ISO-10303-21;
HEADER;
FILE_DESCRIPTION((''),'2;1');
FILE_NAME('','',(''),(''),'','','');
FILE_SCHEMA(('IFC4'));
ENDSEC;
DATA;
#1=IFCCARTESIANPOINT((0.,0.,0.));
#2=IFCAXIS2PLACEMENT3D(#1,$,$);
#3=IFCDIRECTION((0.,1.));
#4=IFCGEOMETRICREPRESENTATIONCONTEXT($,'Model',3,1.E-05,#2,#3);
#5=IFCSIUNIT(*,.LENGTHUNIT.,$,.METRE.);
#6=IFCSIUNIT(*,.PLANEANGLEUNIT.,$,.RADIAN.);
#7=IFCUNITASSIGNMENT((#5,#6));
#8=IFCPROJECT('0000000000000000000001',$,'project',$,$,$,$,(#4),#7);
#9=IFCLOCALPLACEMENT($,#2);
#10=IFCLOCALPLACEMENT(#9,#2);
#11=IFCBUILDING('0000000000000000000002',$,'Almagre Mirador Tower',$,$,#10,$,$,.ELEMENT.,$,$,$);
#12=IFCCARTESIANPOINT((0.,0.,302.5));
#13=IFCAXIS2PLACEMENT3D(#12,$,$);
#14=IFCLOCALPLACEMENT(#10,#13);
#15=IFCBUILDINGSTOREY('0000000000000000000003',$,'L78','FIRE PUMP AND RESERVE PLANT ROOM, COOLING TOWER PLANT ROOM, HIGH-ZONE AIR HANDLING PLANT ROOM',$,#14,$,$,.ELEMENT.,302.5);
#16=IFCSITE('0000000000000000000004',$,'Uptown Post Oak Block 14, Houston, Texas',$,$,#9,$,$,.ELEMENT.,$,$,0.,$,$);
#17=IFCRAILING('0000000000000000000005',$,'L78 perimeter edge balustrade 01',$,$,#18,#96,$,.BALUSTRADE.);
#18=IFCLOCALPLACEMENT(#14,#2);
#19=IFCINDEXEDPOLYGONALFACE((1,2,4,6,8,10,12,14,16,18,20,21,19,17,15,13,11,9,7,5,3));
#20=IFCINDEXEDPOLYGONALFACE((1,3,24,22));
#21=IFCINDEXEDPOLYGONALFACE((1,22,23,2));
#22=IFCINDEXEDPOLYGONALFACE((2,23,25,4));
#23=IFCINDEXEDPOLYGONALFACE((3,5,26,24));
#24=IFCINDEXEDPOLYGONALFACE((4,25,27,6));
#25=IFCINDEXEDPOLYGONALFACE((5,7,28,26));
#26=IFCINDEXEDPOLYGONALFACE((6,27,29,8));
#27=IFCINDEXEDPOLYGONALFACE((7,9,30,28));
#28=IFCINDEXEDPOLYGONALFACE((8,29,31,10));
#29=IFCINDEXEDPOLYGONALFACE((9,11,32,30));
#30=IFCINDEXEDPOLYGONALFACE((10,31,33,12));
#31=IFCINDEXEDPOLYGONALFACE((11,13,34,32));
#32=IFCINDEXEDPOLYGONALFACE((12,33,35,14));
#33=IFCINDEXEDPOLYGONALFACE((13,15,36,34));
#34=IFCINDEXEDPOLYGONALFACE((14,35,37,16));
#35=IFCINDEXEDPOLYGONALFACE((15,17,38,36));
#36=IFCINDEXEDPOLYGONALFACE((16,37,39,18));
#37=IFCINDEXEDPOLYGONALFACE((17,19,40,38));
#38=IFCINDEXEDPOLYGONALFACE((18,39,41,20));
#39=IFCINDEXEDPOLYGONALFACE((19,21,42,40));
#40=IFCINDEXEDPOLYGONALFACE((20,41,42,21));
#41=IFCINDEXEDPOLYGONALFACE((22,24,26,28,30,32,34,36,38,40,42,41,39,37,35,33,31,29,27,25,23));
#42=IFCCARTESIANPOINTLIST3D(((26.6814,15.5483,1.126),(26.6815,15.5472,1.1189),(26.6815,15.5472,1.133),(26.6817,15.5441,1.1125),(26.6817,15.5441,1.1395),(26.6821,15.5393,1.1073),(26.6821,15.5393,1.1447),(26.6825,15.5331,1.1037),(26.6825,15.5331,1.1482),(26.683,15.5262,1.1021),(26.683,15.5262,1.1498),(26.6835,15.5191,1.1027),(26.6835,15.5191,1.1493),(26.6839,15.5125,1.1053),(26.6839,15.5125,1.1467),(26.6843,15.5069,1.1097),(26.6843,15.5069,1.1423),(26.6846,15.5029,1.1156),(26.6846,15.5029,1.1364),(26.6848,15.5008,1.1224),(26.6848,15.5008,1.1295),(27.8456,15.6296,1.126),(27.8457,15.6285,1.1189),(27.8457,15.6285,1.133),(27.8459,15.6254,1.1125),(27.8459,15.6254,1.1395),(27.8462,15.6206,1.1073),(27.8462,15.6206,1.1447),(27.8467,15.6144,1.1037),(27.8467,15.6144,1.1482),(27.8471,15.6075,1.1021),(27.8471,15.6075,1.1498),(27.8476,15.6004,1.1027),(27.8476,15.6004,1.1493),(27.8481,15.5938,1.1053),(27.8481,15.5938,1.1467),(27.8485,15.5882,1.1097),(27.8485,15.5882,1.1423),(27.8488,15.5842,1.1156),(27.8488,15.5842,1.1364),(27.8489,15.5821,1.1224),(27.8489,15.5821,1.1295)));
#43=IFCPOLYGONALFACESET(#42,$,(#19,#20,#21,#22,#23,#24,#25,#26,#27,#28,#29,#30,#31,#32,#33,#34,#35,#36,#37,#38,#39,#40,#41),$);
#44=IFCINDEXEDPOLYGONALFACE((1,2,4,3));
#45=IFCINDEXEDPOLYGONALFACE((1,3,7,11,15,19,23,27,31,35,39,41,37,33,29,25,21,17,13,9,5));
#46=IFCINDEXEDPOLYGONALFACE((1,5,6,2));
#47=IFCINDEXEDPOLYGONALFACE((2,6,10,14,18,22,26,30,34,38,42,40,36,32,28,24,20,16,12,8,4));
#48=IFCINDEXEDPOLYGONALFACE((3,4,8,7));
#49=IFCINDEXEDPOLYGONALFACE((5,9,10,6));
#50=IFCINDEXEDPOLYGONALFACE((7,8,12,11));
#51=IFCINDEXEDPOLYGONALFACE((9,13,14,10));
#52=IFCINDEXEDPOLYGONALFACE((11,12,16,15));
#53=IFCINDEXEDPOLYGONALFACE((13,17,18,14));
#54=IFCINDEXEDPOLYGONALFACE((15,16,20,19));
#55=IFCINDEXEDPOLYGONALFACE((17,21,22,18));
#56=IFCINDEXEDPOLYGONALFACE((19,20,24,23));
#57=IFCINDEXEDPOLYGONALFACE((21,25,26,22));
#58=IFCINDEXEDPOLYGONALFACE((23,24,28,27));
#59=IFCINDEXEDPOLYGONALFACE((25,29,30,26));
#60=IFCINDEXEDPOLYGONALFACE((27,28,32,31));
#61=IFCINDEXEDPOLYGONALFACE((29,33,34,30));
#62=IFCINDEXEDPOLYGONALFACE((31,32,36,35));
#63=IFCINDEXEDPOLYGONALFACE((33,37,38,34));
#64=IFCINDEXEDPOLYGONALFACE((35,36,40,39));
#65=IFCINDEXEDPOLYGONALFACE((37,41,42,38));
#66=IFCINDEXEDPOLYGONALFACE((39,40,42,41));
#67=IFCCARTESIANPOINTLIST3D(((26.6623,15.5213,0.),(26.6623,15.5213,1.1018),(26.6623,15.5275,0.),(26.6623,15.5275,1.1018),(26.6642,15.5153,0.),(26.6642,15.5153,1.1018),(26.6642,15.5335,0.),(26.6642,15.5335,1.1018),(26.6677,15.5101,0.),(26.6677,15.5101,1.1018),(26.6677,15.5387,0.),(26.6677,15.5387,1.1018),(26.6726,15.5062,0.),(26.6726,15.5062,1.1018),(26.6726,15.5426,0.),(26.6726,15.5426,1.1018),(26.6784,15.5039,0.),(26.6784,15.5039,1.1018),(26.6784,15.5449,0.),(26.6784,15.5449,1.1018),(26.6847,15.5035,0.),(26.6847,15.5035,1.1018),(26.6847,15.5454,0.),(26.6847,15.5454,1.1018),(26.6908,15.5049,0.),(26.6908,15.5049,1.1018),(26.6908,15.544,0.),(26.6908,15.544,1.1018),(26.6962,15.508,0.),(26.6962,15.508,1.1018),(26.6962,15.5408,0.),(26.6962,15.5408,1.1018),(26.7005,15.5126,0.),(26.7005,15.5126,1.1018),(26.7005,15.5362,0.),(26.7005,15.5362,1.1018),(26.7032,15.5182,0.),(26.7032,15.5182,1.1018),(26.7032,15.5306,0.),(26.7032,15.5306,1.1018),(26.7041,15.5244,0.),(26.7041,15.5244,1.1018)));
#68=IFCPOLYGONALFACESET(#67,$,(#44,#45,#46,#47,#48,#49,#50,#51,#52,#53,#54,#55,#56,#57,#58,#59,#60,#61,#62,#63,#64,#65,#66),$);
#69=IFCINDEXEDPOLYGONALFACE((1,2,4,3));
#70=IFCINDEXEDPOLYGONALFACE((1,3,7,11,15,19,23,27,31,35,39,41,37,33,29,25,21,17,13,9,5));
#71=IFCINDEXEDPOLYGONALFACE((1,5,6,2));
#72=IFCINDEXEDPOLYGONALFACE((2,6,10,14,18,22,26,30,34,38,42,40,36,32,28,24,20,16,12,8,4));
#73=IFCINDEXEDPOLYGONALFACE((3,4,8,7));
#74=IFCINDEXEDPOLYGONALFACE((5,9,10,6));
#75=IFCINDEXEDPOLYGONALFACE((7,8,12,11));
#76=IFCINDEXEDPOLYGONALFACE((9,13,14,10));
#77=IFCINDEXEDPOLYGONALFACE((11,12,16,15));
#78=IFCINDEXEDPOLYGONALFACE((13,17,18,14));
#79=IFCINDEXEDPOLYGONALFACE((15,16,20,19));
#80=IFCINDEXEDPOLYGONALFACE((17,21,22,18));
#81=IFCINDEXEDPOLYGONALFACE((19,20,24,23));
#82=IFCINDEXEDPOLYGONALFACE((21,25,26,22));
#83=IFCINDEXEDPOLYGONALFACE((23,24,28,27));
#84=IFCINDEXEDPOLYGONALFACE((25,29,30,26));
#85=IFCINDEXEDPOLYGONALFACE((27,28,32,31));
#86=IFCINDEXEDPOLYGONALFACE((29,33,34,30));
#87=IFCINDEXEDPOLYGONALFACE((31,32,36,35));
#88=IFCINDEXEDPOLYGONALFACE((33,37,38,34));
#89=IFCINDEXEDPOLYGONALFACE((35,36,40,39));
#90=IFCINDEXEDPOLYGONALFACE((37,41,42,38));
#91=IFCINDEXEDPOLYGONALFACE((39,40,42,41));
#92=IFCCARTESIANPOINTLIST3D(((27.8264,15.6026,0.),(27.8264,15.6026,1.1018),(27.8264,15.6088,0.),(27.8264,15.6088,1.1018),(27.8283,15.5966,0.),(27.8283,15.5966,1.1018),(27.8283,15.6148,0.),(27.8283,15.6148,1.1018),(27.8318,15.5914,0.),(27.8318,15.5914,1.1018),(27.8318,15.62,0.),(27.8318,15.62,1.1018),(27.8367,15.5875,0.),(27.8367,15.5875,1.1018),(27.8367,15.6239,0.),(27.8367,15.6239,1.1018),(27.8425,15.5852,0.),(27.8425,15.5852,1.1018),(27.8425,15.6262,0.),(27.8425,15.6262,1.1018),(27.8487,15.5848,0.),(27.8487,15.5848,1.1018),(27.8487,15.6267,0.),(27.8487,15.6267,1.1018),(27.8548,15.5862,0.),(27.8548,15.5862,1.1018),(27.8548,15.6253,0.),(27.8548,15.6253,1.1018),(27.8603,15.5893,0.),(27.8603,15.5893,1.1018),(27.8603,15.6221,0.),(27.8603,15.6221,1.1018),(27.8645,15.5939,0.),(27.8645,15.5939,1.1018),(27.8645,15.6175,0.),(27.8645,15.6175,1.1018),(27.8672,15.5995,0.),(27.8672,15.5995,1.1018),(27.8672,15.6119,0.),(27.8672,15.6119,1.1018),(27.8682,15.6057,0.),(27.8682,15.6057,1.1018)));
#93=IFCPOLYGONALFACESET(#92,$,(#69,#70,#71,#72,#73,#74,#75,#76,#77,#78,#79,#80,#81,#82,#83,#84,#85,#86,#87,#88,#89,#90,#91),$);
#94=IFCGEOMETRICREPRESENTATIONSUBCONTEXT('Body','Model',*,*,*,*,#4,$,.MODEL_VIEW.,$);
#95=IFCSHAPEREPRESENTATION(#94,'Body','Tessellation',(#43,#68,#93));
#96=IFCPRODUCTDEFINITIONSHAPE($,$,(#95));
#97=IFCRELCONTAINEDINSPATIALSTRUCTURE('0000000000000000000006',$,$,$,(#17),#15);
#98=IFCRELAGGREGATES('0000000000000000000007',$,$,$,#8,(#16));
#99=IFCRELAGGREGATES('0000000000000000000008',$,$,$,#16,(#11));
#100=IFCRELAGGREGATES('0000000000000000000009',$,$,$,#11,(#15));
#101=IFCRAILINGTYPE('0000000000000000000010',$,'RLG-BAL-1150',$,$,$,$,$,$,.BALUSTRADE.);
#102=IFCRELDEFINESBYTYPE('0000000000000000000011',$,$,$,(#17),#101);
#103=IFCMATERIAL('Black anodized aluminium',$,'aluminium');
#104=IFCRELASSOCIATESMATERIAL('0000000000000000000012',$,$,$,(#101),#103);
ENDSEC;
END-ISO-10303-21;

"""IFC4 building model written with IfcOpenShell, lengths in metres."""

from ifc_helpers import new_model, si_unit, direction, frame, origin, origin_2d, place, context, subcontext, project, spatial, circle, extrude, material, type_object, element, save


model = new_model("IFC4")

# Units and contexts
model_context = context("Model", 3, precision=1e-05, world=origin(), true_north=direction((0.0, 1.0)))
body_context = subcontext(model_context, "Body", "Model", "MODEL_VIEW")
ifc_project = project(units=[si_unit("LENGTHUNIT", "METRE"), si_unit("PLANEANGLEUNIT", "RADIAN")], contexts=[model_context])

# Site, building, storey
site_placement = place(None, origin())
site = spatial("IfcSite", under=ifc_project, at=site_placement, Name="Uptown Post Oak Block 14, Houston, Texas", CompositionType="ELEMENT", RefElevation=0.0)
building_placement = place(site_placement, origin())
building = spatial("IfcBuilding", under=site, at=building_placement, Name="Almagre Mirador Tower", CompositionType="ELEMENT")
storey_placement = place(building_placement, frame((0.0, 0.0, 302.5)))
storey = spatial("IfcBuildingStorey", under=building, at=storey_placement, Name="L78", Description="FIRE PUMP AND RESERVE PLANT ROOM, COOLING TOWER PLANT ROOM, HIGH-ZONE AIR HANDLING PLANT ROOM", CompositionType="ELEMENT", Elevation=302.5)

# Railing
ifc_material_1 = material(Name="Black anodized aluminium", Category="aluminium")
railing_type = type_object("IfcRailingType", Name="RLG-BAL-1150", PredefinedType="BALUSTRADE", material=ifc_material_1)
railing_placement = place(storey_placement, frame((26.6831, 15.5244, 0.0)))
element("IfcRailing", 1, at=railing_placement, inside=storey, type_object=railing_type, Name="L78 perimeter edge balustrade 01", PredefinedType="BALUSTRADE", context=body_context, shape_type="SweptSolid", body=[
    extrude(circle(Radius=0.0239, at=origin_2d()), frame((0.0, 0.0, 1.126), z_axis=(0.99757, 0.069671, 0.0), x_axis=(-0.069671, 0.99757, 0.0)), (0.0, 0.0, 1.0), 1.167),
    extrude(circle(Radius=0.021, at=origin_2d()), origin(), (0.0, 0.0, 1.0), 1.1018),
    extrude(circle(Radius=0.021, at=origin_2d()), frame((1.1641, 0.0813, 0.0)), (0.0, 0.0, 1.0), 1.1018),
])

save(model, "model.ifc")
